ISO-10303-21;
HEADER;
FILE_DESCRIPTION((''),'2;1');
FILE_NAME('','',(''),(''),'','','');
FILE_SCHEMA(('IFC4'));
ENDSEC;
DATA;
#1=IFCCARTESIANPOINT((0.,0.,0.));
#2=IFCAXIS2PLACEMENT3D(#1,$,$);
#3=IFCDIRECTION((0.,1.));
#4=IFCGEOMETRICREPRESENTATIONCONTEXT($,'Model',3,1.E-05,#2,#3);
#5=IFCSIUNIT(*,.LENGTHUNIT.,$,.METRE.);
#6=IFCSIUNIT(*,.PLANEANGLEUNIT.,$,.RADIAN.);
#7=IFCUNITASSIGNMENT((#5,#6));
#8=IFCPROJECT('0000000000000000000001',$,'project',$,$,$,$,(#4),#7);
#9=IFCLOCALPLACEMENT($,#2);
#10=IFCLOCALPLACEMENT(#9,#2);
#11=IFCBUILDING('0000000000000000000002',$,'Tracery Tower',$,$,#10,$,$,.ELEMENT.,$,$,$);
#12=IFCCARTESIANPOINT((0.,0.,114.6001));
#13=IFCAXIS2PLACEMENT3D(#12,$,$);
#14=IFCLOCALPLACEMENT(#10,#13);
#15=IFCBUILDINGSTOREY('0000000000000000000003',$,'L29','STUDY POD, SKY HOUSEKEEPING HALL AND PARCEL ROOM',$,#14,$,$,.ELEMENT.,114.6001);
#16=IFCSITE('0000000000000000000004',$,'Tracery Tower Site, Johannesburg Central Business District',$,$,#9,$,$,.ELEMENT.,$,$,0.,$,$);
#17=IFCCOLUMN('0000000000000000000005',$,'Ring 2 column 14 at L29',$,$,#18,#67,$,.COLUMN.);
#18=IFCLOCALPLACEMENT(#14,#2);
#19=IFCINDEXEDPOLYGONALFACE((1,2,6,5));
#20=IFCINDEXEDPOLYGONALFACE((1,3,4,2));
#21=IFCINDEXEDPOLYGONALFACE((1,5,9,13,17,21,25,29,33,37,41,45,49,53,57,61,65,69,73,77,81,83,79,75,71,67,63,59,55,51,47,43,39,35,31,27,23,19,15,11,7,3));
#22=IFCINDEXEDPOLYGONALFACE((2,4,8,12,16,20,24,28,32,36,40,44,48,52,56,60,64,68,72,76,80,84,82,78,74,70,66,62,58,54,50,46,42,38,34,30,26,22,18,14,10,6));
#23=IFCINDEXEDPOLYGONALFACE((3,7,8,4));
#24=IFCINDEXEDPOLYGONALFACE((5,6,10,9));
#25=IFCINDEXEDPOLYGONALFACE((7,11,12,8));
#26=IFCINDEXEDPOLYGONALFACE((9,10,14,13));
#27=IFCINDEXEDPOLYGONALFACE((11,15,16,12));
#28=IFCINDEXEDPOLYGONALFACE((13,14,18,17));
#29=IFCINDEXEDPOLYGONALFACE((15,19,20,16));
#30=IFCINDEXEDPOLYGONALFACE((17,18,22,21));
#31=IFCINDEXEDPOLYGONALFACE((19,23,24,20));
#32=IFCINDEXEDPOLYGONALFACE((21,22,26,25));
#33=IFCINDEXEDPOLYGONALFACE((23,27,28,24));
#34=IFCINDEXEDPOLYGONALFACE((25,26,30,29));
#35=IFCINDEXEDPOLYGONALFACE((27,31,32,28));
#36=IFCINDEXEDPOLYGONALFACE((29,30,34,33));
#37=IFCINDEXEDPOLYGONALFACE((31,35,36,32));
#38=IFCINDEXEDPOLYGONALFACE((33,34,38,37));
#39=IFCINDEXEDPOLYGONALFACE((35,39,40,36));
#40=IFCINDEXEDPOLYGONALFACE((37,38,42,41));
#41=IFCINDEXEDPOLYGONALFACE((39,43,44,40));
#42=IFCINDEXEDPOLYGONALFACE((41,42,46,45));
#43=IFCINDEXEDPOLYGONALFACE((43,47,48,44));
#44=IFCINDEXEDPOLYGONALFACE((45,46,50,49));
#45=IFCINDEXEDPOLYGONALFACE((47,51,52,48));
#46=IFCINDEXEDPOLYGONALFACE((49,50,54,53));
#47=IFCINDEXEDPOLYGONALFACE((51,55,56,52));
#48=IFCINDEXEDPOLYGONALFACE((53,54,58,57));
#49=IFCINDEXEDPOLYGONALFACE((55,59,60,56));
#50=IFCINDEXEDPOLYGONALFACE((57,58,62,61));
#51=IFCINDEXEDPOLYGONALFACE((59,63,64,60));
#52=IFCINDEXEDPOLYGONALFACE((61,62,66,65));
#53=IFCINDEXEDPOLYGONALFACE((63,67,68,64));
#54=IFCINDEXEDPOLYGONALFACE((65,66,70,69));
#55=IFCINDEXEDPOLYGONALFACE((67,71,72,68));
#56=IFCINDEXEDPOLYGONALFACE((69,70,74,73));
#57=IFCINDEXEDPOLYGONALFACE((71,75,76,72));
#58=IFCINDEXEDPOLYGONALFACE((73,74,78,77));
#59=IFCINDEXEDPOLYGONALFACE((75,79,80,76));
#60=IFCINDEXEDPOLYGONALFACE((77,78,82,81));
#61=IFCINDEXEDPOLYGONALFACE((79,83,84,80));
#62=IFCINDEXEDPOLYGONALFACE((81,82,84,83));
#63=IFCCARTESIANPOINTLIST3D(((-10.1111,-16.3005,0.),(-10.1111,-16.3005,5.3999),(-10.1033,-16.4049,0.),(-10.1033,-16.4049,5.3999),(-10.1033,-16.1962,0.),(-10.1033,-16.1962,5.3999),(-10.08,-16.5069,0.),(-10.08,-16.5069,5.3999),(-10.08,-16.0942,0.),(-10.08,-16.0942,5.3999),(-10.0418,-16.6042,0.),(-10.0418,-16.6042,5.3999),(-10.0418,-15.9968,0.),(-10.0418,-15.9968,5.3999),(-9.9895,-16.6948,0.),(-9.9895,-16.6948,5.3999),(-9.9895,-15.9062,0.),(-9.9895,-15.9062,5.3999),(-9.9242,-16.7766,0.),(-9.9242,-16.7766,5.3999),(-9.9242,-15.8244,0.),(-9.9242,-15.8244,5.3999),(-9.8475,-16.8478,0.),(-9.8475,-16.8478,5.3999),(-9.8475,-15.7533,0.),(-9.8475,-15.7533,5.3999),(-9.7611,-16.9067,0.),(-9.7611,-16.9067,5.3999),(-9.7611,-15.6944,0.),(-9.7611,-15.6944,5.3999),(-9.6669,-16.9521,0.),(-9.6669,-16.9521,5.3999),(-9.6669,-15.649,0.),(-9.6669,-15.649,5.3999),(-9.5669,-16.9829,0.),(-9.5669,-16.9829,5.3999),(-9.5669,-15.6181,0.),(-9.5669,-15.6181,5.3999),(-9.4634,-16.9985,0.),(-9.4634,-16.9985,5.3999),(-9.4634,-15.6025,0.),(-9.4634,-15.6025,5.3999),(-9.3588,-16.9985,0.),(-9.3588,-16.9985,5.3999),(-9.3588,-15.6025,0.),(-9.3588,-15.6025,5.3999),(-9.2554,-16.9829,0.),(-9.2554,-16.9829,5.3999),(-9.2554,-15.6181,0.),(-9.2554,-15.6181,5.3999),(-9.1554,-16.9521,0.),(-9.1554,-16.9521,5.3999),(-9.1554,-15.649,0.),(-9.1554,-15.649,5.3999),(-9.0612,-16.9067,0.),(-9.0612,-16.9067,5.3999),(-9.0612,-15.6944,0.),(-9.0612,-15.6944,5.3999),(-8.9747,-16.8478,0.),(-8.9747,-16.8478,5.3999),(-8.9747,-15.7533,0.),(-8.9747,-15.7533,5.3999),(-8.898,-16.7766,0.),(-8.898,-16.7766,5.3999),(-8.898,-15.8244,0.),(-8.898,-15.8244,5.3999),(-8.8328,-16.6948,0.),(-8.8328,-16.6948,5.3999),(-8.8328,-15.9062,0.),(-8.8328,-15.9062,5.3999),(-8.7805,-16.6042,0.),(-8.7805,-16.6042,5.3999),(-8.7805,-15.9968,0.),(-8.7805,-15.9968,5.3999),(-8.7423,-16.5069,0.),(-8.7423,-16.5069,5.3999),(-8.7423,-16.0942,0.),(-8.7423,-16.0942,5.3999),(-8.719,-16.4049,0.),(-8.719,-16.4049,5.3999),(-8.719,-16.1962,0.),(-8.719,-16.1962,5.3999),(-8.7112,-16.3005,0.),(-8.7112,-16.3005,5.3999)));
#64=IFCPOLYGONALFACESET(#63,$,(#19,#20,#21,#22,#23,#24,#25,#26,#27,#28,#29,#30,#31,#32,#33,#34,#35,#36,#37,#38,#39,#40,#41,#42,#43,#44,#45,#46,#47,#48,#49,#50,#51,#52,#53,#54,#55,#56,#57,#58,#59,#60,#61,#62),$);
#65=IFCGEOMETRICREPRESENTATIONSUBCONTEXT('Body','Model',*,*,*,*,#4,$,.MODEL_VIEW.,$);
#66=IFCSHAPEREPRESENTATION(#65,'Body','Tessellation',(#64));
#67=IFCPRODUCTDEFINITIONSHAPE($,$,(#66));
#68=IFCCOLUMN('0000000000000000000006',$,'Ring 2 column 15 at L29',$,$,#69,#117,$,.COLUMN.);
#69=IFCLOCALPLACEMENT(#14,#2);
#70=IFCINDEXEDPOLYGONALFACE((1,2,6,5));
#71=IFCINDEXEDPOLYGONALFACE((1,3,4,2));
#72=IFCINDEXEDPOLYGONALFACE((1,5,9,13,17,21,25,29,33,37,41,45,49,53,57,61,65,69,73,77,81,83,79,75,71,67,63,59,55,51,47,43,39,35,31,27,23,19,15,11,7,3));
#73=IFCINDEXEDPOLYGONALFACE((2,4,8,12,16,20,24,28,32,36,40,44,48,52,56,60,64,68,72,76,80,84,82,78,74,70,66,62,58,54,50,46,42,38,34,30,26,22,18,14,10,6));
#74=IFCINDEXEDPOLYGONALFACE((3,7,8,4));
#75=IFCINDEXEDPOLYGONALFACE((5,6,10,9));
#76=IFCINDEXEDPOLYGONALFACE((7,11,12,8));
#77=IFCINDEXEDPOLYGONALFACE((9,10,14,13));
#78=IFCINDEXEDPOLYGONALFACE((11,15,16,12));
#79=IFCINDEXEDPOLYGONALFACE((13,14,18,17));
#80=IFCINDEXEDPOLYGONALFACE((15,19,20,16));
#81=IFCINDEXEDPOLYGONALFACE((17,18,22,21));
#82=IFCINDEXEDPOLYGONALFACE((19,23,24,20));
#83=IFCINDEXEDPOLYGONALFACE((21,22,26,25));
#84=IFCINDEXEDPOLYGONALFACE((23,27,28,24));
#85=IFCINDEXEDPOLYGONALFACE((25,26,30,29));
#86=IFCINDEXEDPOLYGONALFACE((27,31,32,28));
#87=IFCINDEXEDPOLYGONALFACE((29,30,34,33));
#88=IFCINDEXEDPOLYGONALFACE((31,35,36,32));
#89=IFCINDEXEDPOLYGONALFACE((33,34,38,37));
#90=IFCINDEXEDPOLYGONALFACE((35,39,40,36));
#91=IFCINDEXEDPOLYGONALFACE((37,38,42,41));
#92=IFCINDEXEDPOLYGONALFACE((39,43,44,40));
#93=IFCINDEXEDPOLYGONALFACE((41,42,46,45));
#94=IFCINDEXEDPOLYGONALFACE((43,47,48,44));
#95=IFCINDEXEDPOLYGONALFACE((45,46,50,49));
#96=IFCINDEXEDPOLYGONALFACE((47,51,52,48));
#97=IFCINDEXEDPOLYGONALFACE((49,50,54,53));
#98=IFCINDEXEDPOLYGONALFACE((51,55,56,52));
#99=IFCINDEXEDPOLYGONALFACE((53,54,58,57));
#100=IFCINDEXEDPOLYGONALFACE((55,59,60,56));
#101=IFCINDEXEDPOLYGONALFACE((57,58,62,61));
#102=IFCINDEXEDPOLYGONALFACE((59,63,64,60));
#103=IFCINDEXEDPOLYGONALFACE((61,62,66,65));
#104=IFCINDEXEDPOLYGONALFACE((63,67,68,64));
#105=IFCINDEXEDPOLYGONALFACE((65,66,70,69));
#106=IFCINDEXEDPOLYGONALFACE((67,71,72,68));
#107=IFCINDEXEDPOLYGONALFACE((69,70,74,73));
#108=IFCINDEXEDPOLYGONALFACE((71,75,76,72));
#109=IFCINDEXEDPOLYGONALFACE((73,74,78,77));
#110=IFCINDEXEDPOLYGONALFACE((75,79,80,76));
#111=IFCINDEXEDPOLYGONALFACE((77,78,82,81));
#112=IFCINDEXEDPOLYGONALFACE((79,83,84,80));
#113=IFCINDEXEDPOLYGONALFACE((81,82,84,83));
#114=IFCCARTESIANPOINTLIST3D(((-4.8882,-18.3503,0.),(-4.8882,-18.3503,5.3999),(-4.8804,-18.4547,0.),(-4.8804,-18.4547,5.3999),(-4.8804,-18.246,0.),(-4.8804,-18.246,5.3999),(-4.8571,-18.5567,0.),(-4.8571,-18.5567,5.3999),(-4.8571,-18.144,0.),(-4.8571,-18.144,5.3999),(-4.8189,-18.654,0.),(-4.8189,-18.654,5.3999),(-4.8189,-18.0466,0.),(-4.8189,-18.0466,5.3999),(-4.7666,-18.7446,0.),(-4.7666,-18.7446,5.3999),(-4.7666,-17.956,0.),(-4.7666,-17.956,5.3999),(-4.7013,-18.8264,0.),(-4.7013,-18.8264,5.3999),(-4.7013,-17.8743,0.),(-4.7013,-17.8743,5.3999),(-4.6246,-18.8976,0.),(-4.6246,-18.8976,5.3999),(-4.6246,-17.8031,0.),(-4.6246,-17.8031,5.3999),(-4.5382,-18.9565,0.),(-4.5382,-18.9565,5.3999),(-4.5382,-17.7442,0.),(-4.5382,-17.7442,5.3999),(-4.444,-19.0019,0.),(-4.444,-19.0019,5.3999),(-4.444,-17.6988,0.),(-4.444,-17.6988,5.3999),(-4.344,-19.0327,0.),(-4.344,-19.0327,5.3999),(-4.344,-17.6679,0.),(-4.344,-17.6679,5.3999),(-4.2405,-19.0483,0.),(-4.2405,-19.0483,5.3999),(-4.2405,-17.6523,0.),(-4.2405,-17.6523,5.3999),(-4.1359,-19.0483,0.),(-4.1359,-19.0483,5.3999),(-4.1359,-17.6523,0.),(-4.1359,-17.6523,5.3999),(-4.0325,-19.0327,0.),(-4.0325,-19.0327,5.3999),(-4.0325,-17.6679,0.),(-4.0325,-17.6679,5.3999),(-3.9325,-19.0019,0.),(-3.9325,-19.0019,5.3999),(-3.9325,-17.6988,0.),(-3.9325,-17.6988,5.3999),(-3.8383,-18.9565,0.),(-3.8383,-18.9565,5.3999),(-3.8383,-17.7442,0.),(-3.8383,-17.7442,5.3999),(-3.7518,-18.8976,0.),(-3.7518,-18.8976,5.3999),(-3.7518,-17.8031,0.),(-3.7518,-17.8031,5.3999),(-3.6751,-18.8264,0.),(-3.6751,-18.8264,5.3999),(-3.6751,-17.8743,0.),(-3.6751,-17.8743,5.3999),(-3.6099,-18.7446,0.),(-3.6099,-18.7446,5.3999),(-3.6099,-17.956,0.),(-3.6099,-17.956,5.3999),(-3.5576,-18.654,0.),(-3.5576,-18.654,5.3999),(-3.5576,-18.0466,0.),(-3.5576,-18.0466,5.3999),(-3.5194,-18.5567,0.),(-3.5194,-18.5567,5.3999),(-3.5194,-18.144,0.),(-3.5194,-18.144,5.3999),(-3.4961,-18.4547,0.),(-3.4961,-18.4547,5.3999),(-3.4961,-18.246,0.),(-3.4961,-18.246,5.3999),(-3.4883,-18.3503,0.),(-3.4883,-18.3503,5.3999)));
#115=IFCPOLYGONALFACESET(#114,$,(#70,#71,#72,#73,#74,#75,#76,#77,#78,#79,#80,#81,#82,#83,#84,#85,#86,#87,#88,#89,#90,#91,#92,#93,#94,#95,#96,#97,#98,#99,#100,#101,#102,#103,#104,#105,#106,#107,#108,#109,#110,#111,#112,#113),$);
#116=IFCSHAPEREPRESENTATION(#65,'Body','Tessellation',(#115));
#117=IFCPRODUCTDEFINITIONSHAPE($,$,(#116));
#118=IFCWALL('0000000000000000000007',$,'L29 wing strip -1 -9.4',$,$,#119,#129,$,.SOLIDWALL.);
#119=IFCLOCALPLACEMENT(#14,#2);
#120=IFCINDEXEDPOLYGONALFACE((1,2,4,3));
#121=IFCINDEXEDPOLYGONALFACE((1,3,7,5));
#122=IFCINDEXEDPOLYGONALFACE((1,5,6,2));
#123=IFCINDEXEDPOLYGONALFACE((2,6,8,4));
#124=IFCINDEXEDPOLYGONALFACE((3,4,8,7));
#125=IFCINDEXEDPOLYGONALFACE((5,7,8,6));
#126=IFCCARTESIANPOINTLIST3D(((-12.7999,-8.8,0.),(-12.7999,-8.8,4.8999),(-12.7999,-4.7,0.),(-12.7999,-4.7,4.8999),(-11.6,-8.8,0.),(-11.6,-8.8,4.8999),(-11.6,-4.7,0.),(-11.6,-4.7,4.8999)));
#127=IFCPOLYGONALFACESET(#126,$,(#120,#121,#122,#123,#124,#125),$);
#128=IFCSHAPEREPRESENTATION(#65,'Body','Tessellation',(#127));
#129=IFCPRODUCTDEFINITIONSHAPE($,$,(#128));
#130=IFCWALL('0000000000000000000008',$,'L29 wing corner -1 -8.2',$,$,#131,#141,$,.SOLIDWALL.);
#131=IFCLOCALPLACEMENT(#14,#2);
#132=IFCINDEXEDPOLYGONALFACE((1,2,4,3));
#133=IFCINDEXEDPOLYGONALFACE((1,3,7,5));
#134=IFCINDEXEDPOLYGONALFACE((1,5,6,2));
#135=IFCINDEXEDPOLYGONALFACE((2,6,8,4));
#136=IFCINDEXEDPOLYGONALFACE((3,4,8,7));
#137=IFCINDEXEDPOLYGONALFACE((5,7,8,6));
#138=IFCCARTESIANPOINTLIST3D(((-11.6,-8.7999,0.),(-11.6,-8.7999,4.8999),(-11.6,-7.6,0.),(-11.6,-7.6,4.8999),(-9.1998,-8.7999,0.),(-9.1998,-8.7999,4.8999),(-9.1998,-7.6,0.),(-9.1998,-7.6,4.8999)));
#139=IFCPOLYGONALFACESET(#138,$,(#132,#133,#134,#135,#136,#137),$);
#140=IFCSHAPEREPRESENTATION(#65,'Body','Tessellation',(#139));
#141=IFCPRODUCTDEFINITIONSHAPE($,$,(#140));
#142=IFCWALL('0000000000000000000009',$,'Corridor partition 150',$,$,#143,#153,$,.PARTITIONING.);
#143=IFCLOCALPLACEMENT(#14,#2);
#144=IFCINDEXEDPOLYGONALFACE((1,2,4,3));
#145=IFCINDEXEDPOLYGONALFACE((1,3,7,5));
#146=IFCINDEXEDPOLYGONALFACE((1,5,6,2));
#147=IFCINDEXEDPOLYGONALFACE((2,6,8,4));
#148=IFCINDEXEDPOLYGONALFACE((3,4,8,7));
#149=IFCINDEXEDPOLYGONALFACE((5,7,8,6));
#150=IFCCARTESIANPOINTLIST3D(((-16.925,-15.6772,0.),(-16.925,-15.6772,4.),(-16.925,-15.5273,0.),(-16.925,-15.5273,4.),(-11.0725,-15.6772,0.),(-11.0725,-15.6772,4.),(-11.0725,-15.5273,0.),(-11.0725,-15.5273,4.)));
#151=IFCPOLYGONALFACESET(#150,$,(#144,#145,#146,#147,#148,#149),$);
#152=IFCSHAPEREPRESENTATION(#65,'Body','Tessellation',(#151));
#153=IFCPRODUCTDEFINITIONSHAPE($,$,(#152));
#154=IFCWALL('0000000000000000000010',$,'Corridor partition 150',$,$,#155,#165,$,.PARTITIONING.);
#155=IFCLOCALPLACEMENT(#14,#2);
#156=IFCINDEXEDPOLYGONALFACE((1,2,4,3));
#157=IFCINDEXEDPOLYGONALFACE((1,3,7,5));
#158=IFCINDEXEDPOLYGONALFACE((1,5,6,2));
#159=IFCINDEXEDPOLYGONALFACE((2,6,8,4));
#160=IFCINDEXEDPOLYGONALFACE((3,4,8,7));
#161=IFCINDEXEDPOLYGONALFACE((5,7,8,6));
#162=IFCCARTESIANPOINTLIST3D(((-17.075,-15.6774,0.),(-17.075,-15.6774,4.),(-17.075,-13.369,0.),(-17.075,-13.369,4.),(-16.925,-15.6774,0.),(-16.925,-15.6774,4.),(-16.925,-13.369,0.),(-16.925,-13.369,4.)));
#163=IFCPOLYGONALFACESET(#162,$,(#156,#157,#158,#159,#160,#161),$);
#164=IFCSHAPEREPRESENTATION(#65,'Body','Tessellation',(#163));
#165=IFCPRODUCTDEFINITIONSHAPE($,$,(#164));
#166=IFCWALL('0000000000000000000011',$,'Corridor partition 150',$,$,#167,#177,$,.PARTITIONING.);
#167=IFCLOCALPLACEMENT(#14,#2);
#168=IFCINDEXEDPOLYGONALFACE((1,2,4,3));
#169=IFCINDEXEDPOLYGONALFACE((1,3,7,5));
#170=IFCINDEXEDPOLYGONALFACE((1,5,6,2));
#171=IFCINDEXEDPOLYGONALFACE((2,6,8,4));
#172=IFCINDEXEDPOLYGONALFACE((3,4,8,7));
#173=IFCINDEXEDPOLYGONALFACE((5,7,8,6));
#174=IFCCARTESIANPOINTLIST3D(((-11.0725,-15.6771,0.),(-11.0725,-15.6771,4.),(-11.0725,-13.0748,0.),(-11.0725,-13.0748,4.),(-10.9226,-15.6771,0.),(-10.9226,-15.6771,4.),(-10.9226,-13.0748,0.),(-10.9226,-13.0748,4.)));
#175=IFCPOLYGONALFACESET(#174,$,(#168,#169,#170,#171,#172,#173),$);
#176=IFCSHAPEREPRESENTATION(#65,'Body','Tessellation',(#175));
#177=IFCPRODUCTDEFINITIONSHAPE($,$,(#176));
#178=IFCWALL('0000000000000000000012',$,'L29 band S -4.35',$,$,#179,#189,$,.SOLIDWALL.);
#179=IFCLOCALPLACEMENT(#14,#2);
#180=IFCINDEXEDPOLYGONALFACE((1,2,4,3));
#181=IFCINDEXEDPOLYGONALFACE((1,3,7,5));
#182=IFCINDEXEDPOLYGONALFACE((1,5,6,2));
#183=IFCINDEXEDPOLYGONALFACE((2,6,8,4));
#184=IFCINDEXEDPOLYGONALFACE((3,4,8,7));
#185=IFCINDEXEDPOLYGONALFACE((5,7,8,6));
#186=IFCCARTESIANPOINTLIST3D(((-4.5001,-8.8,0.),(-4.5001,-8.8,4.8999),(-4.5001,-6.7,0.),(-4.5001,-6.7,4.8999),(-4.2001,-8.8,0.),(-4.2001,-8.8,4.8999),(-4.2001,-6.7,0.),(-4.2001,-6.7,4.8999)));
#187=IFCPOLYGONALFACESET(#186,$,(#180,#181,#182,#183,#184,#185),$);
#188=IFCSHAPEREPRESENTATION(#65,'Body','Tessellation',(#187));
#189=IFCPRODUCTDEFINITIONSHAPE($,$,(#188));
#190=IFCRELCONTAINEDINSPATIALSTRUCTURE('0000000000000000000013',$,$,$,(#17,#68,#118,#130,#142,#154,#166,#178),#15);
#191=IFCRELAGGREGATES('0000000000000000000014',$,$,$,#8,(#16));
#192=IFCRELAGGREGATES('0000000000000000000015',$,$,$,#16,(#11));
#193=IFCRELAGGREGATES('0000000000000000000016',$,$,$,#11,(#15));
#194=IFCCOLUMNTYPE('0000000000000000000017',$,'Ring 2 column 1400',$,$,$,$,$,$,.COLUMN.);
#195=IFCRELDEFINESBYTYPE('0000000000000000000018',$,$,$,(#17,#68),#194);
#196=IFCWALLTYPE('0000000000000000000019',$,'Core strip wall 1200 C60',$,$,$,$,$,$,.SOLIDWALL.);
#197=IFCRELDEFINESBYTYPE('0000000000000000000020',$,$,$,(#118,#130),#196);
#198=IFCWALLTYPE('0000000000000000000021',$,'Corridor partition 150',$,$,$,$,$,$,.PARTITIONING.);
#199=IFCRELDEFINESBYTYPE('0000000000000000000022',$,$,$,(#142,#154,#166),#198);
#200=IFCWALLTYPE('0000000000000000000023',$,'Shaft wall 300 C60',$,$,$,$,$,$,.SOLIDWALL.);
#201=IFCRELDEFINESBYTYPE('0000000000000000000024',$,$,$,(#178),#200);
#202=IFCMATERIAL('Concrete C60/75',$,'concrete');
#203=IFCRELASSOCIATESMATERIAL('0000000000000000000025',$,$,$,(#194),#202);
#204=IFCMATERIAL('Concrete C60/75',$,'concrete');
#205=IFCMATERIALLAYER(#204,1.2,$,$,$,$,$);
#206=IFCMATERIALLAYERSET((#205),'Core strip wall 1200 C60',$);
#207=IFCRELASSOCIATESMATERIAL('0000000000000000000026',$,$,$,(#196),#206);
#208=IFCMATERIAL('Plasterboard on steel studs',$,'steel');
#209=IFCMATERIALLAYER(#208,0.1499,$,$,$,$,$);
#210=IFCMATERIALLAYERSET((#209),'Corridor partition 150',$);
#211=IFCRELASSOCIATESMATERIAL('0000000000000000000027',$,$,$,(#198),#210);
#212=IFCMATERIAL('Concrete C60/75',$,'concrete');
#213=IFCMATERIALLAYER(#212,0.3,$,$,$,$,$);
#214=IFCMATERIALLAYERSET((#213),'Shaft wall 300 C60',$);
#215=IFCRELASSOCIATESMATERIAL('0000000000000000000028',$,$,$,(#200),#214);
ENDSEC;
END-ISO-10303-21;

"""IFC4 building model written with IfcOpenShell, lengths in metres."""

from ifc_helpers import new_model, si_unit, direction, frame, frame_2d, origin, origin_2d, place, context, subcontext, project, spatial, rectangle, circle, extrude, material, layer, layer_set, material_profile, profile_set, type_object, element, save


model = new_model("IFC4")

# Units and contexts
model_context = context("Model", 3, precision=1e-05, world=origin(), true_north=direction((0.0, 1.0)))
body_context = subcontext(model_context, "Body", "Model", "MODEL_VIEW")
ifc_project = project(units=[si_unit("LENGTHUNIT", "METRE"), si_unit("PLANEANGLEUNIT", "RADIAN")], contexts=[model_context])

# Site, building, storey
site_placement = place(None, origin())
site = spatial("IfcSite", under=ifc_project, at=site_placement, Name="Tracery Tower Site, Johannesburg Central Business District", CompositionType="ELEMENT", RefElevation=0.0)
building_placement = place(site_placement, origin())
building = spatial("IfcBuilding", under=site, at=building_placement, Name="Tracery Tower", CompositionType="ELEMENT")
storey_placement = place(building_placement, frame((0.0, 0.0, 114.6001)))
storey = spatial("IfcBuildingStorey", under=building, at=storey_placement, Name="L29", Description="STUDY POD, SKY HOUSEKEEPING HALL AND PARCEL ROOM", CompositionType="ELEMENT", Elevation=114.6001)

# Columns
ifc_material_1 = material(Name="Concrete C60/75", Category="concrete")
ifc_material_profile_1 = material_profile(ifc_material_1, circle(Radius=0.7, at=origin_2d()), Name="RC D1400")
ifc_profile_set_1 = profile_set([ifc_material_profile_1], Name="Concrete C60/75")
column_type_1 = type_object("IfcColumnType", Name="Ring 2 column 1400", PredefinedType="COLUMN", material=ifc_profile_set_1)
for number, where, z_axis, x_axis, name in (
    (1, (-9.4111, -16.3005, 0.0), (0.0, 0.0, 1.0), (1.0, 0.0, 0.0), "Ring 2 column 14 at L29"),
    (2, (-4.1882, -18.3503, 0.0), (0.0, 0.0, 1.0), (1.0, 0.0, 0.0), "Ring 2 column 15 at L29"),
):
    element("IfcColumn", number, at=place(storey_placement, frame(where, z_axis=z_axis, x_axis=x_axis)), inside=storey, type_object=column_type_1, Name=name, PredefinedType="COLUMN", context=body_context, shape_type="SweptSolid", body=[
        extrude(circle(Radius=0.7, at=origin_2d()), origin(), (0.0, 0.0, 1.0), 5.3999),
    ])

# Walls
ifc_material_2 = material(Name="Concrete C60/75", Category="concrete")
ifc_layer_1 = layer(ifc_material_2, 1.2)
ifc_layer_set_1 = layer_set([ifc_layer_1], Name="Core strip wall 1200 C60")
wall_type_1 = type_object("IfcWallType", Name="Core strip wall 1200 C60", PredefinedType="SOLIDWALL", material=ifc_layer_set_1)
wall_1_placement = place(storey_placement, frame((-12.2, -8.8, 0.0), z_axis=(0.0, 0.0, 1.0), x_axis=(0.0, 1.0, 0.0)))
element("IfcWall", 3, at=wall_1_placement, inside=storey, type_object=wall_type_1, Name="L29 wing strip -1 -9.4", PredefinedType="SOLIDWALL", context=body_context, shape_type="SweptSolid", body=[
    extrude(rectangle(XDim=4.1001, YDim=1.2, at=frame_2d((2.05, 0.0))), origin(), (0.0, 0.0, 1.0), 4.8999),
])
wall_2_placement = place(storey_placement, frame((-11.6001, -8.2, 0.0), z_axis=(0.0, 0.0, 1.0), x_axis=(1.0, 0.0, 0.0)))
element("IfcWall", 4, at=wall_2_placement, inside=storey, type_object=wall_type_1, Name="L29 wing corner -1 -8.2", PredefinedType="SOLIDWALL", context=body_context, shape_type="SweptSolid", body=[
    extrude(rectangle(XDim=2.4001, YDim=1.2, at=frame_2d((1.2002, 0.0))), origin(), (0.0, 0.0, 1.0), 4.8999),
])

# Walls
ifc_material_3 = material(Name="Plasterboard on steel studs", Category="steel")
ifc_layer_2 = layer(ifc_material_3, 0.1499)
ifc_layer_set_2 = layer_set([ifc_layer_2], Name="Corridor partition 150")
wall_type_2 = type_object("IfcWallType", Name="Corridor partition 150", PredefinedType="PARTITIONING", material=ifc_layer_set_2)
wall_3_placement = place(storey_placement, frame((-16.925, -15.6023, 0.0), z_axis=(0.0, 0.0, 1.0), x_axis=(1.0, 0.0, 0.0)))
element("IfcWall", 5, at=wall_3_placement, inside=storey, type_object=wall_type_2, Name="Corridor partition 150", PredefinedType="PARTITIONING", context=body_context, shape_type="SweptSolid", body=[
    extrude(rectangle(XDim=5.8525, YDim=0.1499, at=frame_2d((2.9263, 0.0))), origin(), (0.0, 0.0, 1.0), 4.0),
])
wall_4_placement = place(storey_placement, frame((-17.0, -13.3689, 0.0), z_axis=(0.0, 0.0, 1.0), x_axis=(0.0, -1.0, 0.0)))
element("IfcWall", 6, at=wall_4_placement, inside=storey, type_object=wall_type_2, Name="Corridor partition 150", PredefinedType="PARTITIONING", context=body_context, shape_type="SweptSolid", body=[
    extrude(rectangle(XDim=2.3083, YDim=0.1499, at=frame_2d((1.1543, 0.0))), origin(), (0.0, 0.0, 1.0), 4.0),
])
wall_5_placement = place(storey_placement, frame((-10.9976, -15.6772, 0.0), z_axis=(0.0, 0.0, 1.0), x_axis=(0.0, 1.0, 0.0)))
element("IfcWall", 7, at=wall_5_placement, inside=storey, type_object=wall_type_2, Name="Corridor partition 150", PredefinedType="PARTITIONING", context=body_context, shape_type="SweptSolid", body=[
    extrude(rectangle(XDim=2.6023, YDim=0.1499, at=frame_2d((1.3013, 0.0))), origin(), (0.0, 0.0, 1.0), 4.0),
])

# Wall
ifc_material_4 = material(Name="Concrete C60/75", Category="concrete")
ifc_layer_3 = layer(ifc_material_4, 0.3)
ifc_layer_set_3 = layer_set([ifc_layer_3], Name="Shaft wall 300 C60")
wall_type_3 = type_object("IfcWallType", Name="Shaft wall 300 C60", PredefinedType="SOLIDWALL", material=ifc_layer_set_3)
wall_6_placement = place(storey_placement, frame((-4.3501, -8.8, 0.0), z_axis=(0.0, 0.0, 1.0), x_axis=(0.0, 1.0, 0.0)))
element("IfcWall", 8, at=wall_6_placement, inside=storey, type_object=wall_type_3, Name="L29 band S -4.35", PredefinedType="SOLIDWALL", context=body_context, shape_type="SweptSolid", body=[
    extrude(rectangle(XDim=2.1001, YDim=0.3, at=frame_2d((1.05, 0.0))), origin(), (0.0, 0.0, 1.0), 4.8999),
])

save(model, "model.ifc")
